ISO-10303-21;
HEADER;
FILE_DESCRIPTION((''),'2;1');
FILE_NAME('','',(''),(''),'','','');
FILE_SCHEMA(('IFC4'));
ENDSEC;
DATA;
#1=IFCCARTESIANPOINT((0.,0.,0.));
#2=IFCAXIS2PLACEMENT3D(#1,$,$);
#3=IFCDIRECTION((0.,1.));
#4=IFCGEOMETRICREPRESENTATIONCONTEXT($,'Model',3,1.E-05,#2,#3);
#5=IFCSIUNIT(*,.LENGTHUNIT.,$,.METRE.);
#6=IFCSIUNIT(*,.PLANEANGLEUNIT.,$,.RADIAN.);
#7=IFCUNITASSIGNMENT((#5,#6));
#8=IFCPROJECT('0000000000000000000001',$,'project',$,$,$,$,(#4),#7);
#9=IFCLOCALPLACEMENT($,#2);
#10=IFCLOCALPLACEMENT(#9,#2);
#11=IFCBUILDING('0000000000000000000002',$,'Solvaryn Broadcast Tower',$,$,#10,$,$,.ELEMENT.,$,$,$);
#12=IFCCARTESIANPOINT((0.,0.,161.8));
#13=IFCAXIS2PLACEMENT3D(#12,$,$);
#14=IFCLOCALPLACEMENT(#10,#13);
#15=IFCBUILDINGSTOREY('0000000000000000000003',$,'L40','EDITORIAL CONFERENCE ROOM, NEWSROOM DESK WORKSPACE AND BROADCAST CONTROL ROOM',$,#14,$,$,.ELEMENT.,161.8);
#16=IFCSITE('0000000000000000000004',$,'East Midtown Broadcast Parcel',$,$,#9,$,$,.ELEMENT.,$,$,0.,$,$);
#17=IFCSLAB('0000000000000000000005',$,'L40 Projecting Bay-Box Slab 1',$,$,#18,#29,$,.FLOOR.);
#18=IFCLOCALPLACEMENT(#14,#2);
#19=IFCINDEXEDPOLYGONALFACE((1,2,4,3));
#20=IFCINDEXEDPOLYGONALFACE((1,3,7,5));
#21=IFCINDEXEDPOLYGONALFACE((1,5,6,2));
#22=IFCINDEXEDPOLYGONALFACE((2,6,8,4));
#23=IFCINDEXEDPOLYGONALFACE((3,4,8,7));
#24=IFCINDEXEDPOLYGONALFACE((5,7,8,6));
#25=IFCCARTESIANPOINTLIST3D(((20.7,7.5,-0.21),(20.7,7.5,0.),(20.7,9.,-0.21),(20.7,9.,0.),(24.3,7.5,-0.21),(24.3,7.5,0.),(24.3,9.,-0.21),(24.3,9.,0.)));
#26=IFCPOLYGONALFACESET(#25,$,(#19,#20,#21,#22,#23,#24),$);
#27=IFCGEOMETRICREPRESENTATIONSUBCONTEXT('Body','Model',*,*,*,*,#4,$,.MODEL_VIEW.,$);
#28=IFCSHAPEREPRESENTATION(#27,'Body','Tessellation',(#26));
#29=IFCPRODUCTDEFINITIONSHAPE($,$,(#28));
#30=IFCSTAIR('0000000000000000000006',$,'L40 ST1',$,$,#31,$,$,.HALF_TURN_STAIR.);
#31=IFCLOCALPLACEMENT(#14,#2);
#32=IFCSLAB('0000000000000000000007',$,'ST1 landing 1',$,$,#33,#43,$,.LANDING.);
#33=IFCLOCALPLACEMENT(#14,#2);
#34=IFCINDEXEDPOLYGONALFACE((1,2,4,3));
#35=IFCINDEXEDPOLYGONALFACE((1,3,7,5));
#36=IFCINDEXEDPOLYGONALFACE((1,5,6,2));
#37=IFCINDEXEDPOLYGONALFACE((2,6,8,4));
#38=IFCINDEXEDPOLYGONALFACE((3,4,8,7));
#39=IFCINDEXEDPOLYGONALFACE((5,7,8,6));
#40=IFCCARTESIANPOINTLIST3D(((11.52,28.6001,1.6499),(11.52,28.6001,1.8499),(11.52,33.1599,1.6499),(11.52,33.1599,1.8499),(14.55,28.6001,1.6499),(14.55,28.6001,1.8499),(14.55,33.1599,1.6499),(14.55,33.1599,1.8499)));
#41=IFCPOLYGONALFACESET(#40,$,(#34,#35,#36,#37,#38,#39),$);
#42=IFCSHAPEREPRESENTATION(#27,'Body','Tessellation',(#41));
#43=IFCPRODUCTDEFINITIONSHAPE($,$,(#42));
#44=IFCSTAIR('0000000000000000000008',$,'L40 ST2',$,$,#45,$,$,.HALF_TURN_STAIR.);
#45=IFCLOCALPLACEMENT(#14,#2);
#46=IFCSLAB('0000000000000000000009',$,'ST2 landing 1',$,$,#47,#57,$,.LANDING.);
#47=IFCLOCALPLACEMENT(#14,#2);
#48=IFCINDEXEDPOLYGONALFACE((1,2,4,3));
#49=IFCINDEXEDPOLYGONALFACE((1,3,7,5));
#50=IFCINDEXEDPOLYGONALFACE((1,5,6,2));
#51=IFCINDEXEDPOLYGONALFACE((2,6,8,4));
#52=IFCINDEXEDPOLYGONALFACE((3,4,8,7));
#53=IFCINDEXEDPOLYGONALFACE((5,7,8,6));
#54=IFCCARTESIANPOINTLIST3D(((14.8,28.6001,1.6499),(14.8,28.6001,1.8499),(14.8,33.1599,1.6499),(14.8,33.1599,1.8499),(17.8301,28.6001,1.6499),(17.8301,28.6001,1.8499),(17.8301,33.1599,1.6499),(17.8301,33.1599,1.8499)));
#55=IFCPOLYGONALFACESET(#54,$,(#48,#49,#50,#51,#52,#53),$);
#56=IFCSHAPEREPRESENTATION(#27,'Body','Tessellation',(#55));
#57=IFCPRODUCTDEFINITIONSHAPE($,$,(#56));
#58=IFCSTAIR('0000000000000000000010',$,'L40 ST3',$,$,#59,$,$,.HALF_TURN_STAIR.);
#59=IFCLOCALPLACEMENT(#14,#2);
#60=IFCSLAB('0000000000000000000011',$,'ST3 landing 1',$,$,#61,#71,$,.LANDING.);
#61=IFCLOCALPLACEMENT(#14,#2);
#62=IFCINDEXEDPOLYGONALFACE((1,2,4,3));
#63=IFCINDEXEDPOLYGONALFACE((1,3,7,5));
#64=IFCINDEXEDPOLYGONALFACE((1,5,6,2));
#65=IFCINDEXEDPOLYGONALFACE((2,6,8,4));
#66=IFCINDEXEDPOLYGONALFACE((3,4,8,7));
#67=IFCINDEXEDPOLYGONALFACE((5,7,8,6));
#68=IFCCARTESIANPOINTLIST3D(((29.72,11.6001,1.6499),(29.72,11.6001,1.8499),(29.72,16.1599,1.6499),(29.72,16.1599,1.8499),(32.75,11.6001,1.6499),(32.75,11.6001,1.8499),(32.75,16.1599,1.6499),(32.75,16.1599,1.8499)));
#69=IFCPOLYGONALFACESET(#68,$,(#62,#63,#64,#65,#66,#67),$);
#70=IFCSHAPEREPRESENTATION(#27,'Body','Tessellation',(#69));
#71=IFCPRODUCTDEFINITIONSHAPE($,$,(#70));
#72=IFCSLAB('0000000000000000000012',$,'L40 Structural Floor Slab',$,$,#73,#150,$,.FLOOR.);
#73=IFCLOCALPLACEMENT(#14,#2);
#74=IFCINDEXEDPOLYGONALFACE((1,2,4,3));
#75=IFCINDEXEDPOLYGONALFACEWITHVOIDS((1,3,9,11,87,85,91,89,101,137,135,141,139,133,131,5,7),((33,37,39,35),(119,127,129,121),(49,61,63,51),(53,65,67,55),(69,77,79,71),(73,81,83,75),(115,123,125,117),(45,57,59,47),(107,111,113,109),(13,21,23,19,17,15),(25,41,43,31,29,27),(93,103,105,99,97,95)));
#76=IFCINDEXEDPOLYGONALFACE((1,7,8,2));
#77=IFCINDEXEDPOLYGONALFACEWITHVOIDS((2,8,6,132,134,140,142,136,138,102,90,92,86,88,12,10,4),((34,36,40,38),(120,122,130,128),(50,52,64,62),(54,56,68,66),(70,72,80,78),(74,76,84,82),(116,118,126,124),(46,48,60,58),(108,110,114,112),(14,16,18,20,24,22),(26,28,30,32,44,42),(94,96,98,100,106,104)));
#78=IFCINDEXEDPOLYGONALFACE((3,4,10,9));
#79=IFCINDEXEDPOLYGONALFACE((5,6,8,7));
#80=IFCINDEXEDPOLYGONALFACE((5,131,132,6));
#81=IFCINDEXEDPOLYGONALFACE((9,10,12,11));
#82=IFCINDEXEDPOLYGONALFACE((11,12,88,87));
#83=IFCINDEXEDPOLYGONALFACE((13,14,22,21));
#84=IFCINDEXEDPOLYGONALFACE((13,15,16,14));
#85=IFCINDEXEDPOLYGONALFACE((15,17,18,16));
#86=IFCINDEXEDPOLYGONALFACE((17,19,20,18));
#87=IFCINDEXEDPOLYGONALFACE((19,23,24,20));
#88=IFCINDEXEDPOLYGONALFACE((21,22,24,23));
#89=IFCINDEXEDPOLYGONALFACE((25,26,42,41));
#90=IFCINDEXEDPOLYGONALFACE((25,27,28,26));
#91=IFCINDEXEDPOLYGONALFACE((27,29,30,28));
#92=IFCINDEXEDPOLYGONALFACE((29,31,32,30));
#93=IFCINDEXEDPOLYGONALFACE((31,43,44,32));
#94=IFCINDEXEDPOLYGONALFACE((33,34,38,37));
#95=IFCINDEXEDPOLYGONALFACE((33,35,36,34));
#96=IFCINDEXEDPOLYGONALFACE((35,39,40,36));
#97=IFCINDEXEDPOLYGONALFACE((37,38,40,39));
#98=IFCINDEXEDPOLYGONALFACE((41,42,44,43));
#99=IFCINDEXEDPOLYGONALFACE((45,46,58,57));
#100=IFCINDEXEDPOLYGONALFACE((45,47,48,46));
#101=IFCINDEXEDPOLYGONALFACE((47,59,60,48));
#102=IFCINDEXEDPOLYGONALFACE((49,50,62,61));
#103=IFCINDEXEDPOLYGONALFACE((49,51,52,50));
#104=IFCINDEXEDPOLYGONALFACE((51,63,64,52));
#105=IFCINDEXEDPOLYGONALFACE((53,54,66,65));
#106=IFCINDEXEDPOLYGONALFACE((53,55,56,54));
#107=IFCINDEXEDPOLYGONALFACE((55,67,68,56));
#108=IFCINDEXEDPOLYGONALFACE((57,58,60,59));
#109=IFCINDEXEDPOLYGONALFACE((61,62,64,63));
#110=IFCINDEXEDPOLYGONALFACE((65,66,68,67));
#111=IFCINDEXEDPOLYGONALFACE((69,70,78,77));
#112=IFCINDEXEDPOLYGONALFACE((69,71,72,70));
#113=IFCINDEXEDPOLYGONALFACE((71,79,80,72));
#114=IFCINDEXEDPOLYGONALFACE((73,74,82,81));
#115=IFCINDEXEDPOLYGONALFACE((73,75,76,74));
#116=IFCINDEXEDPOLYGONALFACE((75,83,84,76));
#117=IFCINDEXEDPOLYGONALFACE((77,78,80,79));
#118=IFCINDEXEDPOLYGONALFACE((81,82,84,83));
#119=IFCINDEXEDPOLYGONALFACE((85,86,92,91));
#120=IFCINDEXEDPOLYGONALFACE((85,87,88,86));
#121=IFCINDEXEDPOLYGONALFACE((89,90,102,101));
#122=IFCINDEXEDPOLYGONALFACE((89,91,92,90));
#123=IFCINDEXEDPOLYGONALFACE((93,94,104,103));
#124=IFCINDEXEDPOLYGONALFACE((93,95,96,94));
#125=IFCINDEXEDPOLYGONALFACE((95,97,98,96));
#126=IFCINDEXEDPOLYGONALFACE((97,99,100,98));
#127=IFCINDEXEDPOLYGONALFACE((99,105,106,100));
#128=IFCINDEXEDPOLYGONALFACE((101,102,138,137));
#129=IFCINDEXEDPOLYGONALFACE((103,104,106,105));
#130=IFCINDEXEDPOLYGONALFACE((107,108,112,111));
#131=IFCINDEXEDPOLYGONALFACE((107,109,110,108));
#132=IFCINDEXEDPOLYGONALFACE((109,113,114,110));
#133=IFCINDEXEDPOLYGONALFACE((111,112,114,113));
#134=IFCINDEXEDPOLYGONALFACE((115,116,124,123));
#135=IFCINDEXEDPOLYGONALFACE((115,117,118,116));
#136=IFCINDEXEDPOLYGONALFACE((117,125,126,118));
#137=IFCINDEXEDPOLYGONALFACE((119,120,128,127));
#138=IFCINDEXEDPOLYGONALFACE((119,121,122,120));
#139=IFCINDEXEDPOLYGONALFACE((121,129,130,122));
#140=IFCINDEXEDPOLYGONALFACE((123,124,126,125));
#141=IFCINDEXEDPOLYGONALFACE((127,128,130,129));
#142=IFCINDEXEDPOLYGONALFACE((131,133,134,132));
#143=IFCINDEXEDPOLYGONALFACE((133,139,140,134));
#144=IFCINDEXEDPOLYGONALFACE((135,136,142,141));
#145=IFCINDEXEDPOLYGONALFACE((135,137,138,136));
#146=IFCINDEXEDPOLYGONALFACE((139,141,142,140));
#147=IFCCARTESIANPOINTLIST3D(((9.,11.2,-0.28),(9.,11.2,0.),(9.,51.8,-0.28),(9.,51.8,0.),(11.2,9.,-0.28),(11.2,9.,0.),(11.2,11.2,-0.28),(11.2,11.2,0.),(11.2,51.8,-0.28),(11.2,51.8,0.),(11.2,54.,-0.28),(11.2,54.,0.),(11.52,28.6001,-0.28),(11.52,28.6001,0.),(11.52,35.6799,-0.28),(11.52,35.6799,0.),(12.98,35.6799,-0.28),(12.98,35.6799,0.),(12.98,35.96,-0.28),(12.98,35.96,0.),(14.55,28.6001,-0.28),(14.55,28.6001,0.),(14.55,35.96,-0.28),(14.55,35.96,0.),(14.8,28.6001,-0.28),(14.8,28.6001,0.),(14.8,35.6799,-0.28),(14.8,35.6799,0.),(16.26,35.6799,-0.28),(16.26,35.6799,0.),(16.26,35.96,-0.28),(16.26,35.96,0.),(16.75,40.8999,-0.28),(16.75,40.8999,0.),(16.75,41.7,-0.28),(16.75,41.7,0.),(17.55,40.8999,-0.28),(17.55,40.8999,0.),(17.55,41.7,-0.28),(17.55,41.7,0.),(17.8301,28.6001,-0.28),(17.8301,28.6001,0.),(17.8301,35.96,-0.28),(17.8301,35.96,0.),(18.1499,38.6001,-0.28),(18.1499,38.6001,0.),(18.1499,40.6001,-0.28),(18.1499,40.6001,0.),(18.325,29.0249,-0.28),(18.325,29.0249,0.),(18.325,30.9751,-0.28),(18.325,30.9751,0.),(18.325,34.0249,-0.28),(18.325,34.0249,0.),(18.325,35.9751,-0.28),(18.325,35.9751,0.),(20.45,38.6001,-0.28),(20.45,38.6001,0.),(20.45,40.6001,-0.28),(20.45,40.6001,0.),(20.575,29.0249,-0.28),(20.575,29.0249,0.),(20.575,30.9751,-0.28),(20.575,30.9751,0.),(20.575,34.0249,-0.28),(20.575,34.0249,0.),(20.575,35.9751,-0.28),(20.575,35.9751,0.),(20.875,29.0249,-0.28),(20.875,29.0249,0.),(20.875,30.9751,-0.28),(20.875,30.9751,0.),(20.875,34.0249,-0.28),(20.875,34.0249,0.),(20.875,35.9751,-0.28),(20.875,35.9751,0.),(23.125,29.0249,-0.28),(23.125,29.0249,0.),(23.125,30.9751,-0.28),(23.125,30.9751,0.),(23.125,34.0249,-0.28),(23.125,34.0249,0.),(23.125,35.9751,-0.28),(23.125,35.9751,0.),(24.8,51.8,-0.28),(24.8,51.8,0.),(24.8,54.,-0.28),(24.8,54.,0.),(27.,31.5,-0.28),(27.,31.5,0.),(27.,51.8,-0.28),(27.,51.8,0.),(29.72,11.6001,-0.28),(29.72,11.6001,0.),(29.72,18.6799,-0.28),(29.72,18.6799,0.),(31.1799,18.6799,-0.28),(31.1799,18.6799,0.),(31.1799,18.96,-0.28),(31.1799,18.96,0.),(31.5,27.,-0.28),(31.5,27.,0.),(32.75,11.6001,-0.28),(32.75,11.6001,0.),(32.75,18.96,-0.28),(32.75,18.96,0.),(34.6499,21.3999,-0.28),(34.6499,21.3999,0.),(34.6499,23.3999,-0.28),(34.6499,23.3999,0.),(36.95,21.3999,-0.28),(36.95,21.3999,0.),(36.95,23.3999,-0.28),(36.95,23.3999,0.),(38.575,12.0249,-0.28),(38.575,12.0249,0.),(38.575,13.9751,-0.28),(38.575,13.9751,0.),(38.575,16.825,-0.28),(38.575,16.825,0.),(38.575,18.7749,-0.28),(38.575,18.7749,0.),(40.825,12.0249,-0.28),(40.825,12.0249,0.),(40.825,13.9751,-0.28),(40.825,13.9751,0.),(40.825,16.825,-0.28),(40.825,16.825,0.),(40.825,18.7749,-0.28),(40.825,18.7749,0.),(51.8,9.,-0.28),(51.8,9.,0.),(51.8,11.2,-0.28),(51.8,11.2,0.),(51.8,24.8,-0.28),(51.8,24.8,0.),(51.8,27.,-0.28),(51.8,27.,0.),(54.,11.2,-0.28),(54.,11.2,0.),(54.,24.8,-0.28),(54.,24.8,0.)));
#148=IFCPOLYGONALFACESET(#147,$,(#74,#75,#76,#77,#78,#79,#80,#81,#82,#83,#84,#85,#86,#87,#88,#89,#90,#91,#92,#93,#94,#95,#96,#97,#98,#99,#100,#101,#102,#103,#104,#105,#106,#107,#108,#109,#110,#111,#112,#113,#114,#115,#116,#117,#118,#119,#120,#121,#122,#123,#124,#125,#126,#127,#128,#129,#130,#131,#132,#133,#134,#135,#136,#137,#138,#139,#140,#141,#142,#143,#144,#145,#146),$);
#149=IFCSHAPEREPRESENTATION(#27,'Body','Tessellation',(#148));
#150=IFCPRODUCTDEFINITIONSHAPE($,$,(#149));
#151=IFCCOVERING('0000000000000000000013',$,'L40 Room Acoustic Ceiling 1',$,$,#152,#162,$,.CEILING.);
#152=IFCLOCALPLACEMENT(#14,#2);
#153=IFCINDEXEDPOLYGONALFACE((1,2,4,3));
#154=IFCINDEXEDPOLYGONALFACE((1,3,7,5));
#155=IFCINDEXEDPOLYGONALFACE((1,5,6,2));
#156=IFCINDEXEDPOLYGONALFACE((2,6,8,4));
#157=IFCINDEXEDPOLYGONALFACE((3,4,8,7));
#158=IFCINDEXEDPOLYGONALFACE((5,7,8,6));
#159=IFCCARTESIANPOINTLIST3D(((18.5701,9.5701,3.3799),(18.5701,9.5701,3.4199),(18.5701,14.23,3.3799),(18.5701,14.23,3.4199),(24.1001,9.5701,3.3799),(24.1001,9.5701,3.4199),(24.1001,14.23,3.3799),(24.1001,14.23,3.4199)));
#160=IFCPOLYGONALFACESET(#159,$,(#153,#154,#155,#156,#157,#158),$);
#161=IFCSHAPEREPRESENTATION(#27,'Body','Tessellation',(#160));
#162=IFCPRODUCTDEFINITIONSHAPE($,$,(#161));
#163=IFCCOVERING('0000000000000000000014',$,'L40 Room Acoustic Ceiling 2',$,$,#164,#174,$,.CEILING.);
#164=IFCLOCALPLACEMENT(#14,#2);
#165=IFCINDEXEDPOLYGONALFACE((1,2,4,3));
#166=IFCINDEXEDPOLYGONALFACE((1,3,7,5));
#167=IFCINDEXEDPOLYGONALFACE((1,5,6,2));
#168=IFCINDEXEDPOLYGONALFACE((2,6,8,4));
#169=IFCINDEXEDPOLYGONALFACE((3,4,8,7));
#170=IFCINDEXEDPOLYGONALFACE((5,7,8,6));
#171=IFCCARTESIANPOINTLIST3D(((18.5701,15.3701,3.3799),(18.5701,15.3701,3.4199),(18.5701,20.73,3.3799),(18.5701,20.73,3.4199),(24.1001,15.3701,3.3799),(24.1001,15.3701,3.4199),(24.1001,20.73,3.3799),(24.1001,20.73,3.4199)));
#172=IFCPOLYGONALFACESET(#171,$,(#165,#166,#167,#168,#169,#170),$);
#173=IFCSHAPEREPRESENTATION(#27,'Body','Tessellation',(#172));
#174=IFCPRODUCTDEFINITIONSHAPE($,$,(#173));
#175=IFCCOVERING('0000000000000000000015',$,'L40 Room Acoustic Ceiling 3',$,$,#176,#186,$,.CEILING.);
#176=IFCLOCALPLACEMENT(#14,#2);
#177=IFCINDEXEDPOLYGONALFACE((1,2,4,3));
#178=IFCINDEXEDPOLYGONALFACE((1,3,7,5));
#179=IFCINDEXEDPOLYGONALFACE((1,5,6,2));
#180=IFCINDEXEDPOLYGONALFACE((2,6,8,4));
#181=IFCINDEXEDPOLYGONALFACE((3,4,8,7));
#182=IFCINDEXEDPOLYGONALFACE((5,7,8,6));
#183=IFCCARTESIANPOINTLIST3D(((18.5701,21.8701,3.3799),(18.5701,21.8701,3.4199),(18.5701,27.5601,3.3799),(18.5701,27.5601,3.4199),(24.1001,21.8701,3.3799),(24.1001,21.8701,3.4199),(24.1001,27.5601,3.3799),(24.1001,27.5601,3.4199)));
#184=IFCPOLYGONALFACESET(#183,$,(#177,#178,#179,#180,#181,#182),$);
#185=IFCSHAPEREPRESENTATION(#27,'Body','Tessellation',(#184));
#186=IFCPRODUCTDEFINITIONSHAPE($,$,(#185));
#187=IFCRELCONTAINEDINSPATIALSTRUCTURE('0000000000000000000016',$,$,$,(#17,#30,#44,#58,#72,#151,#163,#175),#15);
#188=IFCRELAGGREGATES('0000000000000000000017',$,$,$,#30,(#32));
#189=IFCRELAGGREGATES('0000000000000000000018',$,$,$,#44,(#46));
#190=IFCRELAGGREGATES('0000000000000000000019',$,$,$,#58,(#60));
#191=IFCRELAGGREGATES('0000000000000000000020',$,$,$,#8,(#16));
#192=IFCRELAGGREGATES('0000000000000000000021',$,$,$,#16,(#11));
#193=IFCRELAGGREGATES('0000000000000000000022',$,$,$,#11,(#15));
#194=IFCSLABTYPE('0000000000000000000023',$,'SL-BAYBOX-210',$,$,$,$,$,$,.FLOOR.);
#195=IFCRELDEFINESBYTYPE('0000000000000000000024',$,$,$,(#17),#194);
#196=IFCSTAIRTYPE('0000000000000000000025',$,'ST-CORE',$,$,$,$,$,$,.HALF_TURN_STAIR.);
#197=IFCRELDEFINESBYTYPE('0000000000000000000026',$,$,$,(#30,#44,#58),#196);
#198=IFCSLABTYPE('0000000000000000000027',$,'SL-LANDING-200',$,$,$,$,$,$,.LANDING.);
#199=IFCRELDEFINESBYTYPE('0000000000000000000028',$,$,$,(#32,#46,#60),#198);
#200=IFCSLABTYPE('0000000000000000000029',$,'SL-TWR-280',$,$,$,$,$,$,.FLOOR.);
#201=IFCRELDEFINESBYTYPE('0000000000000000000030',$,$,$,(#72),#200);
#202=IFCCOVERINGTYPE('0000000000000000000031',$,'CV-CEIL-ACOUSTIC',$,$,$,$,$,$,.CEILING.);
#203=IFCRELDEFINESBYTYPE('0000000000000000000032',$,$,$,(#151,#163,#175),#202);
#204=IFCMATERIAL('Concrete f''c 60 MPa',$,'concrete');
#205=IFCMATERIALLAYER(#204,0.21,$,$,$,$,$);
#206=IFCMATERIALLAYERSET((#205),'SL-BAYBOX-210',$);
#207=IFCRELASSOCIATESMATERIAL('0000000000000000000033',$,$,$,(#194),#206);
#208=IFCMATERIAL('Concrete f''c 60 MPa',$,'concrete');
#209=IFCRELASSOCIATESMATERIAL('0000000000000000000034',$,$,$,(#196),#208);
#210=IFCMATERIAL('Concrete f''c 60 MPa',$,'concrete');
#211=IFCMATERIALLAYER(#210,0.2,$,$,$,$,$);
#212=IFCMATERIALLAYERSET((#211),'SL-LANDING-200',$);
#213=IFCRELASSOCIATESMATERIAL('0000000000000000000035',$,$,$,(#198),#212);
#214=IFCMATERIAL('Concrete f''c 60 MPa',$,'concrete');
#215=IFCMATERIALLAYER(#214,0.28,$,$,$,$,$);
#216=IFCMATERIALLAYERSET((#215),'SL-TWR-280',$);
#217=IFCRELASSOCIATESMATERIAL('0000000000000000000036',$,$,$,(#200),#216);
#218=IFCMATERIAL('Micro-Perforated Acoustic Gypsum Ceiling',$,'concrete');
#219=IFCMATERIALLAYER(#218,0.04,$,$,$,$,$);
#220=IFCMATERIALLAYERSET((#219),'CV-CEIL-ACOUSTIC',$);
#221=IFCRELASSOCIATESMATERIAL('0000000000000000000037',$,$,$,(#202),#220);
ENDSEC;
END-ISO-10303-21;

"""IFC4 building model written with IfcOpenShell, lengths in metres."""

from ifc_helpers import new_model, si_unit, direction, frame, origin, place, context, subcontext, project, spatial, polyline, outline, extrude, material, layer, layer_set, type_object, element, aggregate, save


model = new_model("IFC4")

# Units and contexts
model_context = context("Model", 3, precision=1e-05, world=origin(), true_north=direction((0.0, 1.0)))
body_context = subcontext(model_context, "Body", "Model", "MODEL_VIEW")
ifc_project = project(units=[si_unit("LENGTHUNIT", "METRE"), si_unit("PLANEANGLEUNIT", "RADIAN")], contexts=[model_context])

# Site, building, storey
site_placement = place(None, origin())
site = spatial("IfcSite", under=ifc_project, at=site_placement, Name="East Midtown Broadcast Parcel", CompositionType="ELEMENT", RefElevation=0.0)
building_placement = place(site_placement, origin())
building = spatial("IfcBuilding", under=site, at=building_placement, Name="Solvaryn Broadcast Tower", CompositionType="ELEMENT")
storey_placement = place(building_placement, frame((0.0, 0.0, 161.8)))
storey = spatial("IfcBuildingStorey", under=building, at=storey_placement, Name="L40", Description="EDITORIAL CONFERENCE ROOM, NEWSROOM DESK WORKSPACE AND BROADCAST CONTROL ROOM", CompositionType="ELEMENT", Elevation=161.8)

# Slab
ifc_material_1 = material(Name="Concrete f'c 60 MPa", Category="concrete")
ifc_layer_1 = layer(ifc_material_1, 0.21)
ifc_layer_set_1 = layer_set([ifc_layer_1], Name="SL-BAYBOX-210")
slab_type_1 = type_object("IfcSlabType", Name="SL-BAYBOX-210", PredefinedType="FLOOR", material=ifc_layer_set_1)
slab_1_placement = place(storey_placement, frame((0.0, 0.0, -0.21)))
element("IfcSlab", 1, at=slab_1_placement, inside=storey, type_object=slab_type_1, Name="L40 Projecting Bay-Box Slab 1", PredefinedType="FLOOR", context=body_context, shape_type="SweptSolid", body=[
    extrude(outline(polyline([(20.7, 7.5), (24.3, 7.5), (24.3, 9.0), (20.7, 9.0), (20.7, 7.5)])), origin(), (0.0, 0.0, 1.0), 0.21),
])

# Stairs, slabs
ifc_material_2 = material(Name="Concrete f'c 60 MPa", Category="concrete")
stair_type = type_object("IfcStairType", Name="ST-CORE", PredefinedType="HALF_TURN_STAIR", material=ifc_material_2)
stair_1_placement = place(storey_placement, origin())
stair_1 = element("IfcStair", 2, at=stair_1_placement, inside=storey, type_object=stair_type, Name="L40 ST1", PredefinedType="HALF_TURN_STAIR")
ifc_material_3 = material(Name="Concrete f'c 60 MPa", Category="concrete")
ifc_layer_2 = layer(ifc_material_3, 0.2)
ifc_layer_set_2 = layer_set([ifc_layer_2], Name="SL-LANDING-200")
slab_type_2 = type_object("IfcSlabType", Name="SL-LANDING-200", PredefinedType="LANDING", material=ifc_layer_set_2)
slab_2_placement = place(storey_placement, frame((0.0, 0.0, 1.6499)))
slab_2 = element("IfcSlab", 3, at=slab_2_placement, type_object=slab_type_2, Name="ST1 landing 1", PredefinedType="LANDING", context=body_context, shape_type="SweptSolid", body=[
    extrude(outline(polyline([(11.52, 33.1599), (11.52, 28.6001), (14.55, 28.6001), (14.55, 33.1599), (11.52, 33.1599)])), origin(), (0.0, 0.0, 1.0), 0.2),
])
aggregate(stair_1, [slab_2])
stair_2_placement = place(storey_placement, origin())
stair_2 = element("IfcStair", 4, at=stair_2_placement, inside=storey, type_object=stair_type, Name="L40 ST2", PredefinedType="HALF_TURN_STAIR")
slab_3_placement = place(storey_placement, frame((0.0, 0.0, 1.6499)))
slab_3 = element("IfcSlab", 5, at=slab_3_placement, type_object=slab_type_2, Name="ST2 landing 1", PredefinedType="LANDING", context=body_context, shape_type="SweptSolid", body=[
    extrude(outline(polyline([(14.8, 33.1599), (14.8, 28.6001), (17.8301, 28.6001), (17.8301, 33.1599), (14.8, 33.1599)])), origin(), (0.0, 0.0, 1.0), 0.2),
])
aggregate(stair_2, [slab_3])
stair_3_placement = place(storey_placement, origin())
stair_3 = element("IfcStair", 6, at=stair_3_placement, inside=storey, type_object=stair_type, Name="L40 ST3", PredefinedType="HALF_TURN_STAIR")
slab_4_placement = place(storey_placement, frame((0.0, 0.0, 1.6499)))
slab_4 = element("IfcSlab", 7, at=slab_4_placement, type_object=slab_type_2, Name="ST3 landing 1", PredefinedType="LANDING", context=body_context, shape_type="SweptSolid", body=[
    extrude(outline(polyline([(29.72, 16.1599), (29.72, 11.6001), (32.75, 11.6001), (32.75, 16.1599), (29.72, 16.1599)])), origin(), (0.0, 0.0, 1.0), 0.2),
])
aggregate(stair_3, [slab_4])

# Slab
ifc_material_4 = material(Name="Concrete f'c 60 MPa", Category="concrete")
ifc_layer_3 = layer(ifc_material_4, 0.28)
ifc_layer_set_3 = layer_set([ifc_layer_3], Name="SL-TWR-280")
slab_type_3 = type_object("IfcSlabType", Name="SL-TWR-280", PredefinedType="FLOOR", material=ifc_layer_set_3)
slab_5_placement = place(storey_placement, frame((0.0, 0.0, -0.28)))
element("IfcSlab", 8, at=slab_5_placement, inside=storey, type_object=slab_type_3, Name="L40 Structural Floor Slab", PredefinedType="FLOOR", context=body_context, shape_type="SweptSolid", body=[
    extrude(outline(polyline([(11.2, 9.0), (51.8, 9.0), (51.8, 11.2), (54.0, 11.2), (54.0, 24.8), (51.8, 24.8), (51.8, 27.0), (31.5, 27.0), (27.0, 31.5), (27.0, 51.8), (24.8, 51.8), (24.8, 54.0), (11.2, 54.0), (11.2, 51.8), (9.0, 51.8), (9.0, 11.2), (11.2, 11.2), (11.2, 9.0)]), holes=[polyline([(11.52, 28.6001), (14.55, 28.6001), (14.55, 35.96), (12.98, 35.96), (12.98, 35.6799), (11.52, 35.6799), (11.52, 28.6001)]), polyline([(14.8, 28.6001), (17.8301, 28.6001), (17.8301, 35.96), (16.26, 35.96), (16.26, 35.6799), (14.8, 35.6799), (14.8, 28.6001)]), polyline([(29.72, 11.6001), (32.75, 11.6001), (32.75, 18.96), (31.1799, 18.96), (31.1799, 18.6799), (29.72, 18.6799), (29.72, 11.6001)]), polyline([(18.1499, 38.6001), (20.45, 38.6001), (20.45, 40.6001), (18.1499, 40.6001), (18.1499, 38.6001)]), polyline([(18.325, 29.0249), (20.575, 29.0249), (20.575, 30.9751), (18.325, 30.9751), (18.325, 29.0249)]), polyline([(20.875, 29.0249), (23.125, 29.0249), (23.125, 30.9751), (20.875, 30.9751), (20.875, 29.0249)]), polyline([(18.325, 34.0249), (20.575, 34.0249), (20.575, 35.9751), (18.325, 35.9751), (18.325, 34.0249)]), polyline([(20.875, 34.0249), (23.125, 34.0249), (23.125, 35.9751), (20.875, 35.9751), (20.875, 34.0249)]), polyline([(34.6499, 21.3999), (36.95, 21.3999), (36.95, 23.3999), (34.6499, 23.3999), (34.6499, 21.3999)]), polyline([(38.575, 12.0249), (40.825, 12.0249), (40.825, 13.9751), (38.575, 13.9751), (38.575, 12.0249)]), polyline([(38.575, 16.825), (40.825, 16.825), (40.825, 18.7749), (38.575, 18.7749), (38.575, 16.825)]), polyline([(16.75, 40.8999), (17.55, 40.8999), (17.55, 41.7), (16.75, 41.7), (16.75, 40.8999)])]), origin(), (0.0, 0.0, 1.0), 0.28),
])

# Coverings
ifc_material_5 = material(Name="Micro-Perforated Acoustic Gypsum Ceiling", Category="concrete")
ifc_layer_4 = layer(ifc_material_5, 0.04)
ifc_layer_set_4 = layer_set([ifc_layer_4], Name="CV-CEIL-ACOUSTIC")
covering_type_1 = type_object("IfcCoveringType", Name="CV-CEIL-ACOUSTIC", PredefinedType="CEILING", material=ifc_layer_set_4)
covering_1_placement = place(storey_placement, frame((0.0, 0.0, 3.3799)))
element("IfcCovering", 9, at=covering_1_placement, inside=storey, type_object=covering_type_1, Name="L40 Room Acoustic Ceiling 1", PredefinedType="CEILING", context=body_context, shape_type="SweptSolid", body=[
    extrude(outline(polyline([(18.5701, 9.5701), (24.1001, 9.5701), (24.1001, 14.23), (18.5701, 14.23), (18.5701, 9.5701)])), origin(), (0.0, 0.0, 1.0), 0.04),
])
covering_2_placement = place(storey_placement, frame((0.0, 0.0, 3.3799)))
element("IfcCovering", 10, at=covering_2_placement, inside=storey, type_object=covering_type_1, Name="L40 Room Acoustic Ceiling 2", PredefinedType="CEILING", context=body_context, shape_type="SweptSolid", body=[
    extrude(outline(polyline([(18.5701, 15.3701), (24.1001, 15.3701), (24.1001, 20.73), (18.5701, 20.73), (18.5701, 15.3701)])), origin(), (0.0, 0.0, 1.0), 0.04),
])
covering_3_placement = place(storey_placement, frame((0.0, 0.0, 3.3799)))
element("IfcCovering", 11, at=covering_3_placement, inside=storey, type_object=covering_type_1, Name="L40 Room Acoustic Ceiling 3", PredefinedType="CEILING", context=body_context, shape_type="SweptSolid", body=[
    extrude(outline(polyline([(18.5701, 21.8701), (24.1001, 21.8701), (24.1001, 27.5601), (18.5701, 27.5601), (18.5701, 21.8701)])), origin(), (0.0, 0.0, 1.0), 0.04),
])

save(model, "model.ifc")
